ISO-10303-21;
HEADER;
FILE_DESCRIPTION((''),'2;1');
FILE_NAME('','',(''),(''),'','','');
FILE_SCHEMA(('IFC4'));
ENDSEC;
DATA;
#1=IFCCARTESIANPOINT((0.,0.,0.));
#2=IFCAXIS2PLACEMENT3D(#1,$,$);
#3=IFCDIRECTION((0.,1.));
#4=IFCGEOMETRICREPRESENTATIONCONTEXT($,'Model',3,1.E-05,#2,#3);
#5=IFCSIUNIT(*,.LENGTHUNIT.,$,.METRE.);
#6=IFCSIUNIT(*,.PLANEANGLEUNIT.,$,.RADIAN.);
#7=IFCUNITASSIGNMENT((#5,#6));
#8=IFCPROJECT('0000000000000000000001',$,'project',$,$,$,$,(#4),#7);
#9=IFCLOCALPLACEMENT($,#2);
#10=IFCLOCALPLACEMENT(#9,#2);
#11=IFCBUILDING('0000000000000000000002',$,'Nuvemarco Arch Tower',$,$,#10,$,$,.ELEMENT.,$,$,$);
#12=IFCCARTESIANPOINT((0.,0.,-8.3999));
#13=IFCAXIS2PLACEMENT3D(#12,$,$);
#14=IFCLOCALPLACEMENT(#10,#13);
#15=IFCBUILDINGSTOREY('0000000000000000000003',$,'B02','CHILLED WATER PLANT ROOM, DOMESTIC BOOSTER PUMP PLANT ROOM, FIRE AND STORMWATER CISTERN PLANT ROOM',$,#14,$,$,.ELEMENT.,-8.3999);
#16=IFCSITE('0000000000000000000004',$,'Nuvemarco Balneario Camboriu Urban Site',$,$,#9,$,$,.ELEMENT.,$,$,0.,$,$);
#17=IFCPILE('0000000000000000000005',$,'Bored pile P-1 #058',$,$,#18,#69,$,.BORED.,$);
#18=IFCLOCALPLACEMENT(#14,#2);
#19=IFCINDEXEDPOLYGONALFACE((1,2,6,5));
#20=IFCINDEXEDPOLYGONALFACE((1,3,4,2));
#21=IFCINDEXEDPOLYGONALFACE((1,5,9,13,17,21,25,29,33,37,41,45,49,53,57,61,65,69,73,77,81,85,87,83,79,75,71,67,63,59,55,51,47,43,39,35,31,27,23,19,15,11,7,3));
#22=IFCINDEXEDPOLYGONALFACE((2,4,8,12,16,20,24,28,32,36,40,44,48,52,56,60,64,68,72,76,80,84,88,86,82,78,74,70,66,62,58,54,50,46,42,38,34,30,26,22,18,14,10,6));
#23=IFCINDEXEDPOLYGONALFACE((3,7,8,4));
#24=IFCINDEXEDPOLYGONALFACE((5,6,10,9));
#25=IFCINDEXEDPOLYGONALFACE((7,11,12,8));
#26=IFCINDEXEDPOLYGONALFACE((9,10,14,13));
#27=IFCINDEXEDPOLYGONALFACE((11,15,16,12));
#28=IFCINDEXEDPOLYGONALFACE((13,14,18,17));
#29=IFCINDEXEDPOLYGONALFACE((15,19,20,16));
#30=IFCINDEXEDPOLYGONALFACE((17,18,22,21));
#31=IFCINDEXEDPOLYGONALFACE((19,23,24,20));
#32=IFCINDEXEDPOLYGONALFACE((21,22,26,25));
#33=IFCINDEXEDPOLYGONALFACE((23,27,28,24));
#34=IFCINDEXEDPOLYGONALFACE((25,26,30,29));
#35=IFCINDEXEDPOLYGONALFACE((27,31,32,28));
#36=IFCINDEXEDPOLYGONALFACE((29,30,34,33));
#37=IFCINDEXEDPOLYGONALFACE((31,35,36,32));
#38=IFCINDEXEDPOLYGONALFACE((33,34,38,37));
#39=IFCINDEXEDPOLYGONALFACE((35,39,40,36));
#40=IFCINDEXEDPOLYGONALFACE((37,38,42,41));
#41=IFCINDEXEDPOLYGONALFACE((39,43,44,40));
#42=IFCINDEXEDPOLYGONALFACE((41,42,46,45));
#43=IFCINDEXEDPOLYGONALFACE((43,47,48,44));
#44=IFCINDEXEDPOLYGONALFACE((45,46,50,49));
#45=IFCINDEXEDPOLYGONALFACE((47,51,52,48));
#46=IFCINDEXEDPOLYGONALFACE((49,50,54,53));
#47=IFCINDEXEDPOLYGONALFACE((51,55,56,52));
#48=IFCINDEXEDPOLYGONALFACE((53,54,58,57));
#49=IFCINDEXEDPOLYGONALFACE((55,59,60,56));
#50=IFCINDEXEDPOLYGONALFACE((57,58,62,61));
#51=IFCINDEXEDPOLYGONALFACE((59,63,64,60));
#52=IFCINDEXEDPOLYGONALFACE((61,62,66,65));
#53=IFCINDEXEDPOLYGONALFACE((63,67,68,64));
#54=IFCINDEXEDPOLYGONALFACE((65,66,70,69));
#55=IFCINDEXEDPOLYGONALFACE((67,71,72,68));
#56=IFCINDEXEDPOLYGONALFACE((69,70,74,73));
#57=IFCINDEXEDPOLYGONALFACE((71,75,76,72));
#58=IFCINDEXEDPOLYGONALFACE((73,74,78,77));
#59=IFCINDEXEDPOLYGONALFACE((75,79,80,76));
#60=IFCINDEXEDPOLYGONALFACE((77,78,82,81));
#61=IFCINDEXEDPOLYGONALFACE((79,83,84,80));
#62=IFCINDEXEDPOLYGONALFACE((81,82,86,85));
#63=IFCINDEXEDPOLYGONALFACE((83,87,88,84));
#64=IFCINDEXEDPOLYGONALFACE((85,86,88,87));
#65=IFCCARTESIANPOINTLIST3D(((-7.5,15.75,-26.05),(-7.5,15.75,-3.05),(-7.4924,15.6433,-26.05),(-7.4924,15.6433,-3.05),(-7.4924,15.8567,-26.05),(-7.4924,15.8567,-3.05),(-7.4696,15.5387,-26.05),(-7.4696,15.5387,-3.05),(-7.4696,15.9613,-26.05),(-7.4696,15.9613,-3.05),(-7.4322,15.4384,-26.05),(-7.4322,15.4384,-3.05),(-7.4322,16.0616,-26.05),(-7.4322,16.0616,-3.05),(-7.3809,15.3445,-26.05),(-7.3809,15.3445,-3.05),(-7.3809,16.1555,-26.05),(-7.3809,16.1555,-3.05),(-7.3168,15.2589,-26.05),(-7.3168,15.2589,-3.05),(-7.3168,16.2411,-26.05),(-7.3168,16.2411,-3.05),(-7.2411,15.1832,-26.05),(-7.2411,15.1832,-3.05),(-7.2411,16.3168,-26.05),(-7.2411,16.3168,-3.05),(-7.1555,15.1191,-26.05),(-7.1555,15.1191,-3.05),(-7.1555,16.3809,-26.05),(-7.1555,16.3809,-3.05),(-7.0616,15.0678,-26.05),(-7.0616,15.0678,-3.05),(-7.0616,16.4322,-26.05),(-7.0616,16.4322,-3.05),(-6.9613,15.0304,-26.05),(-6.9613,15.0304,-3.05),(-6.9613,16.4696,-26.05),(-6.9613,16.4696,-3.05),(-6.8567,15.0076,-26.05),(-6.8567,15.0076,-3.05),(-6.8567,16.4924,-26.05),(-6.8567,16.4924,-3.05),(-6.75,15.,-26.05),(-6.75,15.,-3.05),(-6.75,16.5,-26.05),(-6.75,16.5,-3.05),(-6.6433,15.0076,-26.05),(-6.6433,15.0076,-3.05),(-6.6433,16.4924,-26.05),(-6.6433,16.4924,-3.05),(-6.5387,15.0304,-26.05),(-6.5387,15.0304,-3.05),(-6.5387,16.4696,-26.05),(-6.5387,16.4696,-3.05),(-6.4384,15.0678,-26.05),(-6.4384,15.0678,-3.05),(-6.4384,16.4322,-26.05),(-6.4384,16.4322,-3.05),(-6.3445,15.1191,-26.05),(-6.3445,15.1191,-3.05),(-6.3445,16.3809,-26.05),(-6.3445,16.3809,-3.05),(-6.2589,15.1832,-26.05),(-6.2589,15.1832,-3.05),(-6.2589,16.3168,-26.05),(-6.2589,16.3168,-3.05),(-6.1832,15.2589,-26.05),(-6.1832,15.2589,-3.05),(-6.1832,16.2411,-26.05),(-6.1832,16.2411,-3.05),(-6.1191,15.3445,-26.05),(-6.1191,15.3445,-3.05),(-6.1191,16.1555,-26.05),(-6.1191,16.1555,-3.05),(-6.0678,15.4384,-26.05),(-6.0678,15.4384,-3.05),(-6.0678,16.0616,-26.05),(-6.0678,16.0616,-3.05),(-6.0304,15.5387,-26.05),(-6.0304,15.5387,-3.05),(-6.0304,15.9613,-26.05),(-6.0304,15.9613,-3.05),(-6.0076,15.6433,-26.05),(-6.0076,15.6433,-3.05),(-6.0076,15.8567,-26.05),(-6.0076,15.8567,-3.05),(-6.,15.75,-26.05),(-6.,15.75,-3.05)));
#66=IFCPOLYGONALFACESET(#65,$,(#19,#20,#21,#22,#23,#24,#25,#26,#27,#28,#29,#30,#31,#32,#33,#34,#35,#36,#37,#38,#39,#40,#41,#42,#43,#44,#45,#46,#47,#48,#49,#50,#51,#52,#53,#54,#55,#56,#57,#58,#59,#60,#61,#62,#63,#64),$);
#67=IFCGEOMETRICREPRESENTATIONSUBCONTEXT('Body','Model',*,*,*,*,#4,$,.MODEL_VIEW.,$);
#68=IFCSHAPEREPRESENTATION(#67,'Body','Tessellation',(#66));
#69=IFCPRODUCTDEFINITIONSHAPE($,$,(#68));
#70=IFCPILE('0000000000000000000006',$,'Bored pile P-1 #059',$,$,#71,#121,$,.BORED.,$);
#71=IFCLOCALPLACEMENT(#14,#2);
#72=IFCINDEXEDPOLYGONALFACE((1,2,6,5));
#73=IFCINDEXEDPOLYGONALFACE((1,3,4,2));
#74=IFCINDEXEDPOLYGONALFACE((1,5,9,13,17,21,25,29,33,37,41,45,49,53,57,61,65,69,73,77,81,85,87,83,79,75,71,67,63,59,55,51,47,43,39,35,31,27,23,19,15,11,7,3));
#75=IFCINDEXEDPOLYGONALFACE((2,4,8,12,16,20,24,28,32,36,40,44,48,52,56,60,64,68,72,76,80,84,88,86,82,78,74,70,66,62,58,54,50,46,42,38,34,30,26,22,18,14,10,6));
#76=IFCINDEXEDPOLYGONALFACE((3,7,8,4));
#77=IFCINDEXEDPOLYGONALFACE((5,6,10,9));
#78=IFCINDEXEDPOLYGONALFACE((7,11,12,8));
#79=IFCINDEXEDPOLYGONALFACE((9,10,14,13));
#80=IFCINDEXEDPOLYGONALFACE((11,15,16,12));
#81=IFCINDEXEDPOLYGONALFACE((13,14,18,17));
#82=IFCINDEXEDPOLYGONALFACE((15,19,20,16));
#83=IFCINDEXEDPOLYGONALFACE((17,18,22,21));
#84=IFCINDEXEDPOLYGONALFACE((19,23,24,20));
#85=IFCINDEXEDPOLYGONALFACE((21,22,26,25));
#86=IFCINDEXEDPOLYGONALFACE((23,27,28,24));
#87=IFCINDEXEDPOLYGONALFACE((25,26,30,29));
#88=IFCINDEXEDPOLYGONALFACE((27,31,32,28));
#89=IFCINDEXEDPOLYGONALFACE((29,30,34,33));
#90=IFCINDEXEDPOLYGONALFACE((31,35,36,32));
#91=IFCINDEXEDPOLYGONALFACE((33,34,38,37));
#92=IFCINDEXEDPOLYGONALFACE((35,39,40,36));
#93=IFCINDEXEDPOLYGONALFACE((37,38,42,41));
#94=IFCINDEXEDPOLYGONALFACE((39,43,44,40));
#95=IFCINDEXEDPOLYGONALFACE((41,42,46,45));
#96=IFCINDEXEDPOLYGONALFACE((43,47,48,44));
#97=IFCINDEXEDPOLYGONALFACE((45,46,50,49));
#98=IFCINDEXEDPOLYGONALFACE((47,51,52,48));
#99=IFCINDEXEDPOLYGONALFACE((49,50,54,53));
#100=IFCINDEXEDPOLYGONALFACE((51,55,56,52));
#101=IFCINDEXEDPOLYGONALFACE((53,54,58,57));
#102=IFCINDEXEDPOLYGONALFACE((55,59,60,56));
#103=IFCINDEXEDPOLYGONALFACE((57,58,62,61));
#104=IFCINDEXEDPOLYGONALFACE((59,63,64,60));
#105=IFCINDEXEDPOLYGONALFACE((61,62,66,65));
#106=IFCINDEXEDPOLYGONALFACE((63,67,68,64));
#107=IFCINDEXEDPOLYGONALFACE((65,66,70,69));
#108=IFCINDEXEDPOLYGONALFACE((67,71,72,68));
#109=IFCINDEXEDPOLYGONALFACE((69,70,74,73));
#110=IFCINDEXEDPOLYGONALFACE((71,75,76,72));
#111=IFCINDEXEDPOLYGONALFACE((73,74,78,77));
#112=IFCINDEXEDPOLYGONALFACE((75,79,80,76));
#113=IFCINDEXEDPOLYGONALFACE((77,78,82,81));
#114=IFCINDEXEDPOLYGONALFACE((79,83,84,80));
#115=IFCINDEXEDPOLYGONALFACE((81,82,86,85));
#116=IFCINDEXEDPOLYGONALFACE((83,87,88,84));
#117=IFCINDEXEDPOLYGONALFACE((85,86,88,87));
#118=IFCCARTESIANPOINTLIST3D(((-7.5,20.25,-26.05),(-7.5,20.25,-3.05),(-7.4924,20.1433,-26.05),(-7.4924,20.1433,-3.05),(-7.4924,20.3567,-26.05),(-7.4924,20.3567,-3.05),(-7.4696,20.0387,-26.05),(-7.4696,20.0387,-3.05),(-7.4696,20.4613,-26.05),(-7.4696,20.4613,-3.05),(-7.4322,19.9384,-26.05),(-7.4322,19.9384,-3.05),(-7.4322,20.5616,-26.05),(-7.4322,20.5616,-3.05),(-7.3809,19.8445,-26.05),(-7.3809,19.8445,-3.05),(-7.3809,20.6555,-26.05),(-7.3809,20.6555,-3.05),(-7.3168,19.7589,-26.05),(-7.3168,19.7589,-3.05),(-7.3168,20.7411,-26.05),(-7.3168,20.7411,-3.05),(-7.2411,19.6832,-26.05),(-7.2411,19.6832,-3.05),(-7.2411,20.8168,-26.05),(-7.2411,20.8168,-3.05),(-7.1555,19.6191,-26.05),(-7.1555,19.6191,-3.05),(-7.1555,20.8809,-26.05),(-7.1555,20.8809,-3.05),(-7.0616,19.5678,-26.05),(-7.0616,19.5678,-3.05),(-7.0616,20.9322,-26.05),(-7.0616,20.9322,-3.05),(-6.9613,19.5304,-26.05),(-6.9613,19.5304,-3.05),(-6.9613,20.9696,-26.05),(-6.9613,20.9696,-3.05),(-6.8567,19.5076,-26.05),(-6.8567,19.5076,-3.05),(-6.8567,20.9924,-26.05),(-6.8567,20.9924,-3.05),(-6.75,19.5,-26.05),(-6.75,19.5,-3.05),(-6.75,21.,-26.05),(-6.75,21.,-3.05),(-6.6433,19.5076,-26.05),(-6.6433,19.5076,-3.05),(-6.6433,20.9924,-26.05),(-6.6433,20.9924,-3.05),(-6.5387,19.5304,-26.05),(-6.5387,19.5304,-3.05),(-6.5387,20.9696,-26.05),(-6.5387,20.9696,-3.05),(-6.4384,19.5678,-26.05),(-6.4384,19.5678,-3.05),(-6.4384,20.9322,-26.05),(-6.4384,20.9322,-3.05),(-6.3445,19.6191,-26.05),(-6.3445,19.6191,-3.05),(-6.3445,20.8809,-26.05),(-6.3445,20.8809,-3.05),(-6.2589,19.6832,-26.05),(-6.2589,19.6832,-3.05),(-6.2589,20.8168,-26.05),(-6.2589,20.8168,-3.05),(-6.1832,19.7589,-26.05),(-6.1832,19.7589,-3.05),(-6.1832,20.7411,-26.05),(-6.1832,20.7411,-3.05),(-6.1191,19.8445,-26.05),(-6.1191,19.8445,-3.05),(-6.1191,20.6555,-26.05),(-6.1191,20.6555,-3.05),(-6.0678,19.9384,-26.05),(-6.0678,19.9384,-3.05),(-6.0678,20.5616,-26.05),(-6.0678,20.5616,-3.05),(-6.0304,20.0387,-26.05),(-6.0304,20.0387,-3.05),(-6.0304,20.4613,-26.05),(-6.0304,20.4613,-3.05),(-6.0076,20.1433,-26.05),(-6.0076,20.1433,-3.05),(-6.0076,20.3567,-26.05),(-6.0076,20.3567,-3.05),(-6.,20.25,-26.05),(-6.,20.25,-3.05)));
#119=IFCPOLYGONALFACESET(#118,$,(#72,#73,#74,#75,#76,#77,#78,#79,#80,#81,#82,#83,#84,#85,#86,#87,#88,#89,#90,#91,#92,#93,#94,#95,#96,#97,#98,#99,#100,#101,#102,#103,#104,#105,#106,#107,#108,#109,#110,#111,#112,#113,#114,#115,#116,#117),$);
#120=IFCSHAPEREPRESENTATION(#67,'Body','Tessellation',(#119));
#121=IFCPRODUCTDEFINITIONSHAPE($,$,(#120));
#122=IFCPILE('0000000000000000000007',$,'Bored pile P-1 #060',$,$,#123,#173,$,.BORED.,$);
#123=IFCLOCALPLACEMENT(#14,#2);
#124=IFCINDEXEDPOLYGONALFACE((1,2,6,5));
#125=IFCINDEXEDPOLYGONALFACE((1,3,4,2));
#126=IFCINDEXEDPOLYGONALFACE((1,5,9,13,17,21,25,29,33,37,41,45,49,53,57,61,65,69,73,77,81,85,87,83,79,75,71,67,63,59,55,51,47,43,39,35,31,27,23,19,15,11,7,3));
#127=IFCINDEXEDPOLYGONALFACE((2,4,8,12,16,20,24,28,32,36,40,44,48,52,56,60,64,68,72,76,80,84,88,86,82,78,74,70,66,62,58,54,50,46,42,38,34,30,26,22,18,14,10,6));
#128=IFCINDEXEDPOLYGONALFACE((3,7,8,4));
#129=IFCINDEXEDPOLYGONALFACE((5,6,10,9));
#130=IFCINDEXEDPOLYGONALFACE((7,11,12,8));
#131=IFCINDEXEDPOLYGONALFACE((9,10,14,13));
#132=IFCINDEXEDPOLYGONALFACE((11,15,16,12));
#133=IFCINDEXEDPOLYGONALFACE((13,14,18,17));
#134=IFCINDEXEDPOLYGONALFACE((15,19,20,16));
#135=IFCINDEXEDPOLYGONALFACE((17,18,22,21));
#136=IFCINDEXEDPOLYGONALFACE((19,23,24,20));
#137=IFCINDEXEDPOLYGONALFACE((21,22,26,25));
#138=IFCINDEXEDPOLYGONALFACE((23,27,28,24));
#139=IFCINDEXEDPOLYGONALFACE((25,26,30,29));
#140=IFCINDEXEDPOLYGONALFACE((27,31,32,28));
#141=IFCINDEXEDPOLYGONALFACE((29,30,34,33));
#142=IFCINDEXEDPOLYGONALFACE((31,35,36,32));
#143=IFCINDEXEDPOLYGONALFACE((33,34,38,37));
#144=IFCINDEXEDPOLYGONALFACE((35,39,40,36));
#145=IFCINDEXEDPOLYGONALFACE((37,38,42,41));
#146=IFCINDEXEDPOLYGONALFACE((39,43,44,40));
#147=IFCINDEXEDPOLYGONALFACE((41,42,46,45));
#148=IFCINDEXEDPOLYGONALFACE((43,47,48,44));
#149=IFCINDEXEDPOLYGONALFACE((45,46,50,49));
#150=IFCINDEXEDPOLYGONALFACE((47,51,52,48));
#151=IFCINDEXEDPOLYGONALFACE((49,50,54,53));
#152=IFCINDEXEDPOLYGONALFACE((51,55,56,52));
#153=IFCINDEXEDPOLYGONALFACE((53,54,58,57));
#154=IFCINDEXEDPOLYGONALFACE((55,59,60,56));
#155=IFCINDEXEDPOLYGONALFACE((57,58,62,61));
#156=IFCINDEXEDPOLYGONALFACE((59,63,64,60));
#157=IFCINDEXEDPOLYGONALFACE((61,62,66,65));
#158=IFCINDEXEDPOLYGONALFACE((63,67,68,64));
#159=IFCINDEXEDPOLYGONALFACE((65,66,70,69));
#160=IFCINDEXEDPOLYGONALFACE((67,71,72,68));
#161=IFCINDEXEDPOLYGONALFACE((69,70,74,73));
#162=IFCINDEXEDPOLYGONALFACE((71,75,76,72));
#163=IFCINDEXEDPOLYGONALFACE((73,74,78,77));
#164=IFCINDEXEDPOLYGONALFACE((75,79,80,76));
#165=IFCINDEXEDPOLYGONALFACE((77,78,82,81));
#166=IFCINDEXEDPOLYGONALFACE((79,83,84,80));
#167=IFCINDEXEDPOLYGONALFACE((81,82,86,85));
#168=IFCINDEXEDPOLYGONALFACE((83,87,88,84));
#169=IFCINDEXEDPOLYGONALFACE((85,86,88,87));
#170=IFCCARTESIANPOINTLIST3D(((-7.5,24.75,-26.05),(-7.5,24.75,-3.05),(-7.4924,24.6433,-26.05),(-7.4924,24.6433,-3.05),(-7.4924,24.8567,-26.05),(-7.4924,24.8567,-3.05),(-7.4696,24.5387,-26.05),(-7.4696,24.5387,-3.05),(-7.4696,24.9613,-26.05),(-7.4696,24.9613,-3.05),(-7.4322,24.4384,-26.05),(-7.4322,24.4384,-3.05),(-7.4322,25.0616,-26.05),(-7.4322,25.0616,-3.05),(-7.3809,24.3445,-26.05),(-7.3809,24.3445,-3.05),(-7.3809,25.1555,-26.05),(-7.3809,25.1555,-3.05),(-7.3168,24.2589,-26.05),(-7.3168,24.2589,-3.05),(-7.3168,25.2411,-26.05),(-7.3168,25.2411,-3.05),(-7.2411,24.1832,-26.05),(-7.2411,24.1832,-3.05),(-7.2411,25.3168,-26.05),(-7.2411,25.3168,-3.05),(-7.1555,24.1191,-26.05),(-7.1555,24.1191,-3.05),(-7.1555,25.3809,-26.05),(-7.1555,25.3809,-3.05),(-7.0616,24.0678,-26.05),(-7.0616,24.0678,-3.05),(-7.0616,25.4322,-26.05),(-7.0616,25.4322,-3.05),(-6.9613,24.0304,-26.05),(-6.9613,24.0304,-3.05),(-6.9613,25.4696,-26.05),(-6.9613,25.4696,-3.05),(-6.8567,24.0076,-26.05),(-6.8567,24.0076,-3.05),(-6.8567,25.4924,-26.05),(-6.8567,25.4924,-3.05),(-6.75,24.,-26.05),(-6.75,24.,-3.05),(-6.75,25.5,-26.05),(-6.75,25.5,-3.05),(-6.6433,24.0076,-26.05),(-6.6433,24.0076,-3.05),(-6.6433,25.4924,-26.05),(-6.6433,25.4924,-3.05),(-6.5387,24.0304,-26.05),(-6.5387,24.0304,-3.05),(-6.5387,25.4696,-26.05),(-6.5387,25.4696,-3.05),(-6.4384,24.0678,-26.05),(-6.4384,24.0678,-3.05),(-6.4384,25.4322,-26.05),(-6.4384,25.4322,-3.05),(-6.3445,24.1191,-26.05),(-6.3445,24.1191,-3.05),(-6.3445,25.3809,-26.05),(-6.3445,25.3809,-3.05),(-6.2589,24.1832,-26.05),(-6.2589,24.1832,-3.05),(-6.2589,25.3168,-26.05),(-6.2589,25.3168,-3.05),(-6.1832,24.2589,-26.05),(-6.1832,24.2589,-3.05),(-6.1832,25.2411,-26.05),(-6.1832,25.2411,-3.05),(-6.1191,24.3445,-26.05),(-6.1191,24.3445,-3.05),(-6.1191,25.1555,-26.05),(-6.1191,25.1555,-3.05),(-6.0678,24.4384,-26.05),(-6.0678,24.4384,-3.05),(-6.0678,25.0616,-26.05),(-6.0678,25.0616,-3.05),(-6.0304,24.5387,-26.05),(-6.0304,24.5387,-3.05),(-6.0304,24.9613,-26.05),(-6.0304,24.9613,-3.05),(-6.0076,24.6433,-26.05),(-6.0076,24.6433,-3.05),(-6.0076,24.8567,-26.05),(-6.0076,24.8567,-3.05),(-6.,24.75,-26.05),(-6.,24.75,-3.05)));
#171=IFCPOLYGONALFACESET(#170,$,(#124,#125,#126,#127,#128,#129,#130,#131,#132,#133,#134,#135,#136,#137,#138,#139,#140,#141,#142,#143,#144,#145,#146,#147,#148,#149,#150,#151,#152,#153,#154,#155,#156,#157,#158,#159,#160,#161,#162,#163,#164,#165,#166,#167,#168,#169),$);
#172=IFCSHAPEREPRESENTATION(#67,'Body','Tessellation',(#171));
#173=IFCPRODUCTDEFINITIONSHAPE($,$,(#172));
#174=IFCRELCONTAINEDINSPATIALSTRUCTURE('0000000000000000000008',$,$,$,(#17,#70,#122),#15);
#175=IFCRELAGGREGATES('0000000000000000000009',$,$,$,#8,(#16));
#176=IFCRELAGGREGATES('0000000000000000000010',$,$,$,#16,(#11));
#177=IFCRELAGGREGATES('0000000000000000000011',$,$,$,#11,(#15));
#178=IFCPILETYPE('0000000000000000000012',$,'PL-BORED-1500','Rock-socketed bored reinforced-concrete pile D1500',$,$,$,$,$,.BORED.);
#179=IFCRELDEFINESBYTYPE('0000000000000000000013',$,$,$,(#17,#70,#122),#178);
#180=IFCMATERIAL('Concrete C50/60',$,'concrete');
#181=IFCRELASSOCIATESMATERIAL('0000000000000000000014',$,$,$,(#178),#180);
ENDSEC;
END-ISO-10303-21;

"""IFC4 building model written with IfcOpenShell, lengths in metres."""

from ifc_helpers import new_model, si_unit, direction, frame, origin, origin_2d, place, context, subcontext, project, spatial, circle, extrude, material, material_profile, profile_set, type_object, element, save


model = new_model("IFC4")

# Units and contexts
model_context = context("Model", 3, precision=1e-05, world=origin(), true_north=direction((0.0, 1.0)))
body_context = subcontext(model_context, "Body", "Model", "MODEL_VIEW")
ifc_project = project(units=[si_unit("LENGTHUNIT", "METRE"), si_unit("PLANEANGLEUNIT", "RADIAN")], contexts=[model_context])

# Site, building, storey
site_placement = place(None, origin())
site = spatial("IfcSite", under=ifc_project, at=site_placement, Name="Nuvemarco Balneario Camboriu Urban Site", CompositionType="ELEMENT", RefElevation=0.0)
building_placement = place(site_placement, origin())
building = spatial("IfcBuilding", under=site, at=building_placement, Name="Nuvemarco Arch Tower", CompositionType="ELEMENT")
storey_placement = place(building_placement, frame((0.0, 0.0, -8.3999)))
storey = spatial("IfcBuildingStorey", under=building, at=storey_placement, Name="B02", Description="CHILLED WATER PLANT ROOM, DOMESTIC BOOSTER PUMP PLANT ROOM, FIRE AND STORMWATER CISTERN PLANT ROOM", CompositionType="ELEMENT", Elevation=-8.3999)

# Piles
ifc_material_1 = material(Name="Concrete C50/60", Category="concrete")
ifc_material_profile_1 = material_profile(ifc_material_1, circle(Radius=0.75, at=origin_2d()), Name="PILE-D1500")
ifc_profile_set_1 = profile_set([ifc_material_profile_1], Name="Concrete C50/60")
pile_type = type_object("IfcPileType", Name="PL-BORED-1500", Description="Rock-socketed bored reinforced-concrete pile D1500", PredefinedType="BORED", material=ifc_profile_set_1)
for number, where, z_axis, x_axis, name in (
    (1, (-6.75, 15.75, -3.05), (0.0, 0.0, -1.0), (1.0, 0.0, 0.0), "Bored pile P-1 #058"),
    (2, (-6.75, 20.25, -3.05), (0.0, 0.0, -1.0), (1.0, 0.0, 0.0), "Bored pile P-1 #059"),
    (3, (-6.75, 24.75, -3.05), (0.0, 0.0, -1.0), (1.0, 0.0, 0.0), "Bored pile P-1 #060"),
):
    element("IfcPile", number, at=place(storey_placement, frame(where, z_axis=z_axis, x_axis=x_axis)), inside=storey, type_object=pile_type, Name=name, PredefinedType="BORED", context=body_context, shape_type="SweptSolid", body=[
        extrude(circle(Radius=0.75, at=origin_2d()), origin(), (0.0, 0.0, 1.0), 23.0),
    ])

save(model, "model.ifc")
